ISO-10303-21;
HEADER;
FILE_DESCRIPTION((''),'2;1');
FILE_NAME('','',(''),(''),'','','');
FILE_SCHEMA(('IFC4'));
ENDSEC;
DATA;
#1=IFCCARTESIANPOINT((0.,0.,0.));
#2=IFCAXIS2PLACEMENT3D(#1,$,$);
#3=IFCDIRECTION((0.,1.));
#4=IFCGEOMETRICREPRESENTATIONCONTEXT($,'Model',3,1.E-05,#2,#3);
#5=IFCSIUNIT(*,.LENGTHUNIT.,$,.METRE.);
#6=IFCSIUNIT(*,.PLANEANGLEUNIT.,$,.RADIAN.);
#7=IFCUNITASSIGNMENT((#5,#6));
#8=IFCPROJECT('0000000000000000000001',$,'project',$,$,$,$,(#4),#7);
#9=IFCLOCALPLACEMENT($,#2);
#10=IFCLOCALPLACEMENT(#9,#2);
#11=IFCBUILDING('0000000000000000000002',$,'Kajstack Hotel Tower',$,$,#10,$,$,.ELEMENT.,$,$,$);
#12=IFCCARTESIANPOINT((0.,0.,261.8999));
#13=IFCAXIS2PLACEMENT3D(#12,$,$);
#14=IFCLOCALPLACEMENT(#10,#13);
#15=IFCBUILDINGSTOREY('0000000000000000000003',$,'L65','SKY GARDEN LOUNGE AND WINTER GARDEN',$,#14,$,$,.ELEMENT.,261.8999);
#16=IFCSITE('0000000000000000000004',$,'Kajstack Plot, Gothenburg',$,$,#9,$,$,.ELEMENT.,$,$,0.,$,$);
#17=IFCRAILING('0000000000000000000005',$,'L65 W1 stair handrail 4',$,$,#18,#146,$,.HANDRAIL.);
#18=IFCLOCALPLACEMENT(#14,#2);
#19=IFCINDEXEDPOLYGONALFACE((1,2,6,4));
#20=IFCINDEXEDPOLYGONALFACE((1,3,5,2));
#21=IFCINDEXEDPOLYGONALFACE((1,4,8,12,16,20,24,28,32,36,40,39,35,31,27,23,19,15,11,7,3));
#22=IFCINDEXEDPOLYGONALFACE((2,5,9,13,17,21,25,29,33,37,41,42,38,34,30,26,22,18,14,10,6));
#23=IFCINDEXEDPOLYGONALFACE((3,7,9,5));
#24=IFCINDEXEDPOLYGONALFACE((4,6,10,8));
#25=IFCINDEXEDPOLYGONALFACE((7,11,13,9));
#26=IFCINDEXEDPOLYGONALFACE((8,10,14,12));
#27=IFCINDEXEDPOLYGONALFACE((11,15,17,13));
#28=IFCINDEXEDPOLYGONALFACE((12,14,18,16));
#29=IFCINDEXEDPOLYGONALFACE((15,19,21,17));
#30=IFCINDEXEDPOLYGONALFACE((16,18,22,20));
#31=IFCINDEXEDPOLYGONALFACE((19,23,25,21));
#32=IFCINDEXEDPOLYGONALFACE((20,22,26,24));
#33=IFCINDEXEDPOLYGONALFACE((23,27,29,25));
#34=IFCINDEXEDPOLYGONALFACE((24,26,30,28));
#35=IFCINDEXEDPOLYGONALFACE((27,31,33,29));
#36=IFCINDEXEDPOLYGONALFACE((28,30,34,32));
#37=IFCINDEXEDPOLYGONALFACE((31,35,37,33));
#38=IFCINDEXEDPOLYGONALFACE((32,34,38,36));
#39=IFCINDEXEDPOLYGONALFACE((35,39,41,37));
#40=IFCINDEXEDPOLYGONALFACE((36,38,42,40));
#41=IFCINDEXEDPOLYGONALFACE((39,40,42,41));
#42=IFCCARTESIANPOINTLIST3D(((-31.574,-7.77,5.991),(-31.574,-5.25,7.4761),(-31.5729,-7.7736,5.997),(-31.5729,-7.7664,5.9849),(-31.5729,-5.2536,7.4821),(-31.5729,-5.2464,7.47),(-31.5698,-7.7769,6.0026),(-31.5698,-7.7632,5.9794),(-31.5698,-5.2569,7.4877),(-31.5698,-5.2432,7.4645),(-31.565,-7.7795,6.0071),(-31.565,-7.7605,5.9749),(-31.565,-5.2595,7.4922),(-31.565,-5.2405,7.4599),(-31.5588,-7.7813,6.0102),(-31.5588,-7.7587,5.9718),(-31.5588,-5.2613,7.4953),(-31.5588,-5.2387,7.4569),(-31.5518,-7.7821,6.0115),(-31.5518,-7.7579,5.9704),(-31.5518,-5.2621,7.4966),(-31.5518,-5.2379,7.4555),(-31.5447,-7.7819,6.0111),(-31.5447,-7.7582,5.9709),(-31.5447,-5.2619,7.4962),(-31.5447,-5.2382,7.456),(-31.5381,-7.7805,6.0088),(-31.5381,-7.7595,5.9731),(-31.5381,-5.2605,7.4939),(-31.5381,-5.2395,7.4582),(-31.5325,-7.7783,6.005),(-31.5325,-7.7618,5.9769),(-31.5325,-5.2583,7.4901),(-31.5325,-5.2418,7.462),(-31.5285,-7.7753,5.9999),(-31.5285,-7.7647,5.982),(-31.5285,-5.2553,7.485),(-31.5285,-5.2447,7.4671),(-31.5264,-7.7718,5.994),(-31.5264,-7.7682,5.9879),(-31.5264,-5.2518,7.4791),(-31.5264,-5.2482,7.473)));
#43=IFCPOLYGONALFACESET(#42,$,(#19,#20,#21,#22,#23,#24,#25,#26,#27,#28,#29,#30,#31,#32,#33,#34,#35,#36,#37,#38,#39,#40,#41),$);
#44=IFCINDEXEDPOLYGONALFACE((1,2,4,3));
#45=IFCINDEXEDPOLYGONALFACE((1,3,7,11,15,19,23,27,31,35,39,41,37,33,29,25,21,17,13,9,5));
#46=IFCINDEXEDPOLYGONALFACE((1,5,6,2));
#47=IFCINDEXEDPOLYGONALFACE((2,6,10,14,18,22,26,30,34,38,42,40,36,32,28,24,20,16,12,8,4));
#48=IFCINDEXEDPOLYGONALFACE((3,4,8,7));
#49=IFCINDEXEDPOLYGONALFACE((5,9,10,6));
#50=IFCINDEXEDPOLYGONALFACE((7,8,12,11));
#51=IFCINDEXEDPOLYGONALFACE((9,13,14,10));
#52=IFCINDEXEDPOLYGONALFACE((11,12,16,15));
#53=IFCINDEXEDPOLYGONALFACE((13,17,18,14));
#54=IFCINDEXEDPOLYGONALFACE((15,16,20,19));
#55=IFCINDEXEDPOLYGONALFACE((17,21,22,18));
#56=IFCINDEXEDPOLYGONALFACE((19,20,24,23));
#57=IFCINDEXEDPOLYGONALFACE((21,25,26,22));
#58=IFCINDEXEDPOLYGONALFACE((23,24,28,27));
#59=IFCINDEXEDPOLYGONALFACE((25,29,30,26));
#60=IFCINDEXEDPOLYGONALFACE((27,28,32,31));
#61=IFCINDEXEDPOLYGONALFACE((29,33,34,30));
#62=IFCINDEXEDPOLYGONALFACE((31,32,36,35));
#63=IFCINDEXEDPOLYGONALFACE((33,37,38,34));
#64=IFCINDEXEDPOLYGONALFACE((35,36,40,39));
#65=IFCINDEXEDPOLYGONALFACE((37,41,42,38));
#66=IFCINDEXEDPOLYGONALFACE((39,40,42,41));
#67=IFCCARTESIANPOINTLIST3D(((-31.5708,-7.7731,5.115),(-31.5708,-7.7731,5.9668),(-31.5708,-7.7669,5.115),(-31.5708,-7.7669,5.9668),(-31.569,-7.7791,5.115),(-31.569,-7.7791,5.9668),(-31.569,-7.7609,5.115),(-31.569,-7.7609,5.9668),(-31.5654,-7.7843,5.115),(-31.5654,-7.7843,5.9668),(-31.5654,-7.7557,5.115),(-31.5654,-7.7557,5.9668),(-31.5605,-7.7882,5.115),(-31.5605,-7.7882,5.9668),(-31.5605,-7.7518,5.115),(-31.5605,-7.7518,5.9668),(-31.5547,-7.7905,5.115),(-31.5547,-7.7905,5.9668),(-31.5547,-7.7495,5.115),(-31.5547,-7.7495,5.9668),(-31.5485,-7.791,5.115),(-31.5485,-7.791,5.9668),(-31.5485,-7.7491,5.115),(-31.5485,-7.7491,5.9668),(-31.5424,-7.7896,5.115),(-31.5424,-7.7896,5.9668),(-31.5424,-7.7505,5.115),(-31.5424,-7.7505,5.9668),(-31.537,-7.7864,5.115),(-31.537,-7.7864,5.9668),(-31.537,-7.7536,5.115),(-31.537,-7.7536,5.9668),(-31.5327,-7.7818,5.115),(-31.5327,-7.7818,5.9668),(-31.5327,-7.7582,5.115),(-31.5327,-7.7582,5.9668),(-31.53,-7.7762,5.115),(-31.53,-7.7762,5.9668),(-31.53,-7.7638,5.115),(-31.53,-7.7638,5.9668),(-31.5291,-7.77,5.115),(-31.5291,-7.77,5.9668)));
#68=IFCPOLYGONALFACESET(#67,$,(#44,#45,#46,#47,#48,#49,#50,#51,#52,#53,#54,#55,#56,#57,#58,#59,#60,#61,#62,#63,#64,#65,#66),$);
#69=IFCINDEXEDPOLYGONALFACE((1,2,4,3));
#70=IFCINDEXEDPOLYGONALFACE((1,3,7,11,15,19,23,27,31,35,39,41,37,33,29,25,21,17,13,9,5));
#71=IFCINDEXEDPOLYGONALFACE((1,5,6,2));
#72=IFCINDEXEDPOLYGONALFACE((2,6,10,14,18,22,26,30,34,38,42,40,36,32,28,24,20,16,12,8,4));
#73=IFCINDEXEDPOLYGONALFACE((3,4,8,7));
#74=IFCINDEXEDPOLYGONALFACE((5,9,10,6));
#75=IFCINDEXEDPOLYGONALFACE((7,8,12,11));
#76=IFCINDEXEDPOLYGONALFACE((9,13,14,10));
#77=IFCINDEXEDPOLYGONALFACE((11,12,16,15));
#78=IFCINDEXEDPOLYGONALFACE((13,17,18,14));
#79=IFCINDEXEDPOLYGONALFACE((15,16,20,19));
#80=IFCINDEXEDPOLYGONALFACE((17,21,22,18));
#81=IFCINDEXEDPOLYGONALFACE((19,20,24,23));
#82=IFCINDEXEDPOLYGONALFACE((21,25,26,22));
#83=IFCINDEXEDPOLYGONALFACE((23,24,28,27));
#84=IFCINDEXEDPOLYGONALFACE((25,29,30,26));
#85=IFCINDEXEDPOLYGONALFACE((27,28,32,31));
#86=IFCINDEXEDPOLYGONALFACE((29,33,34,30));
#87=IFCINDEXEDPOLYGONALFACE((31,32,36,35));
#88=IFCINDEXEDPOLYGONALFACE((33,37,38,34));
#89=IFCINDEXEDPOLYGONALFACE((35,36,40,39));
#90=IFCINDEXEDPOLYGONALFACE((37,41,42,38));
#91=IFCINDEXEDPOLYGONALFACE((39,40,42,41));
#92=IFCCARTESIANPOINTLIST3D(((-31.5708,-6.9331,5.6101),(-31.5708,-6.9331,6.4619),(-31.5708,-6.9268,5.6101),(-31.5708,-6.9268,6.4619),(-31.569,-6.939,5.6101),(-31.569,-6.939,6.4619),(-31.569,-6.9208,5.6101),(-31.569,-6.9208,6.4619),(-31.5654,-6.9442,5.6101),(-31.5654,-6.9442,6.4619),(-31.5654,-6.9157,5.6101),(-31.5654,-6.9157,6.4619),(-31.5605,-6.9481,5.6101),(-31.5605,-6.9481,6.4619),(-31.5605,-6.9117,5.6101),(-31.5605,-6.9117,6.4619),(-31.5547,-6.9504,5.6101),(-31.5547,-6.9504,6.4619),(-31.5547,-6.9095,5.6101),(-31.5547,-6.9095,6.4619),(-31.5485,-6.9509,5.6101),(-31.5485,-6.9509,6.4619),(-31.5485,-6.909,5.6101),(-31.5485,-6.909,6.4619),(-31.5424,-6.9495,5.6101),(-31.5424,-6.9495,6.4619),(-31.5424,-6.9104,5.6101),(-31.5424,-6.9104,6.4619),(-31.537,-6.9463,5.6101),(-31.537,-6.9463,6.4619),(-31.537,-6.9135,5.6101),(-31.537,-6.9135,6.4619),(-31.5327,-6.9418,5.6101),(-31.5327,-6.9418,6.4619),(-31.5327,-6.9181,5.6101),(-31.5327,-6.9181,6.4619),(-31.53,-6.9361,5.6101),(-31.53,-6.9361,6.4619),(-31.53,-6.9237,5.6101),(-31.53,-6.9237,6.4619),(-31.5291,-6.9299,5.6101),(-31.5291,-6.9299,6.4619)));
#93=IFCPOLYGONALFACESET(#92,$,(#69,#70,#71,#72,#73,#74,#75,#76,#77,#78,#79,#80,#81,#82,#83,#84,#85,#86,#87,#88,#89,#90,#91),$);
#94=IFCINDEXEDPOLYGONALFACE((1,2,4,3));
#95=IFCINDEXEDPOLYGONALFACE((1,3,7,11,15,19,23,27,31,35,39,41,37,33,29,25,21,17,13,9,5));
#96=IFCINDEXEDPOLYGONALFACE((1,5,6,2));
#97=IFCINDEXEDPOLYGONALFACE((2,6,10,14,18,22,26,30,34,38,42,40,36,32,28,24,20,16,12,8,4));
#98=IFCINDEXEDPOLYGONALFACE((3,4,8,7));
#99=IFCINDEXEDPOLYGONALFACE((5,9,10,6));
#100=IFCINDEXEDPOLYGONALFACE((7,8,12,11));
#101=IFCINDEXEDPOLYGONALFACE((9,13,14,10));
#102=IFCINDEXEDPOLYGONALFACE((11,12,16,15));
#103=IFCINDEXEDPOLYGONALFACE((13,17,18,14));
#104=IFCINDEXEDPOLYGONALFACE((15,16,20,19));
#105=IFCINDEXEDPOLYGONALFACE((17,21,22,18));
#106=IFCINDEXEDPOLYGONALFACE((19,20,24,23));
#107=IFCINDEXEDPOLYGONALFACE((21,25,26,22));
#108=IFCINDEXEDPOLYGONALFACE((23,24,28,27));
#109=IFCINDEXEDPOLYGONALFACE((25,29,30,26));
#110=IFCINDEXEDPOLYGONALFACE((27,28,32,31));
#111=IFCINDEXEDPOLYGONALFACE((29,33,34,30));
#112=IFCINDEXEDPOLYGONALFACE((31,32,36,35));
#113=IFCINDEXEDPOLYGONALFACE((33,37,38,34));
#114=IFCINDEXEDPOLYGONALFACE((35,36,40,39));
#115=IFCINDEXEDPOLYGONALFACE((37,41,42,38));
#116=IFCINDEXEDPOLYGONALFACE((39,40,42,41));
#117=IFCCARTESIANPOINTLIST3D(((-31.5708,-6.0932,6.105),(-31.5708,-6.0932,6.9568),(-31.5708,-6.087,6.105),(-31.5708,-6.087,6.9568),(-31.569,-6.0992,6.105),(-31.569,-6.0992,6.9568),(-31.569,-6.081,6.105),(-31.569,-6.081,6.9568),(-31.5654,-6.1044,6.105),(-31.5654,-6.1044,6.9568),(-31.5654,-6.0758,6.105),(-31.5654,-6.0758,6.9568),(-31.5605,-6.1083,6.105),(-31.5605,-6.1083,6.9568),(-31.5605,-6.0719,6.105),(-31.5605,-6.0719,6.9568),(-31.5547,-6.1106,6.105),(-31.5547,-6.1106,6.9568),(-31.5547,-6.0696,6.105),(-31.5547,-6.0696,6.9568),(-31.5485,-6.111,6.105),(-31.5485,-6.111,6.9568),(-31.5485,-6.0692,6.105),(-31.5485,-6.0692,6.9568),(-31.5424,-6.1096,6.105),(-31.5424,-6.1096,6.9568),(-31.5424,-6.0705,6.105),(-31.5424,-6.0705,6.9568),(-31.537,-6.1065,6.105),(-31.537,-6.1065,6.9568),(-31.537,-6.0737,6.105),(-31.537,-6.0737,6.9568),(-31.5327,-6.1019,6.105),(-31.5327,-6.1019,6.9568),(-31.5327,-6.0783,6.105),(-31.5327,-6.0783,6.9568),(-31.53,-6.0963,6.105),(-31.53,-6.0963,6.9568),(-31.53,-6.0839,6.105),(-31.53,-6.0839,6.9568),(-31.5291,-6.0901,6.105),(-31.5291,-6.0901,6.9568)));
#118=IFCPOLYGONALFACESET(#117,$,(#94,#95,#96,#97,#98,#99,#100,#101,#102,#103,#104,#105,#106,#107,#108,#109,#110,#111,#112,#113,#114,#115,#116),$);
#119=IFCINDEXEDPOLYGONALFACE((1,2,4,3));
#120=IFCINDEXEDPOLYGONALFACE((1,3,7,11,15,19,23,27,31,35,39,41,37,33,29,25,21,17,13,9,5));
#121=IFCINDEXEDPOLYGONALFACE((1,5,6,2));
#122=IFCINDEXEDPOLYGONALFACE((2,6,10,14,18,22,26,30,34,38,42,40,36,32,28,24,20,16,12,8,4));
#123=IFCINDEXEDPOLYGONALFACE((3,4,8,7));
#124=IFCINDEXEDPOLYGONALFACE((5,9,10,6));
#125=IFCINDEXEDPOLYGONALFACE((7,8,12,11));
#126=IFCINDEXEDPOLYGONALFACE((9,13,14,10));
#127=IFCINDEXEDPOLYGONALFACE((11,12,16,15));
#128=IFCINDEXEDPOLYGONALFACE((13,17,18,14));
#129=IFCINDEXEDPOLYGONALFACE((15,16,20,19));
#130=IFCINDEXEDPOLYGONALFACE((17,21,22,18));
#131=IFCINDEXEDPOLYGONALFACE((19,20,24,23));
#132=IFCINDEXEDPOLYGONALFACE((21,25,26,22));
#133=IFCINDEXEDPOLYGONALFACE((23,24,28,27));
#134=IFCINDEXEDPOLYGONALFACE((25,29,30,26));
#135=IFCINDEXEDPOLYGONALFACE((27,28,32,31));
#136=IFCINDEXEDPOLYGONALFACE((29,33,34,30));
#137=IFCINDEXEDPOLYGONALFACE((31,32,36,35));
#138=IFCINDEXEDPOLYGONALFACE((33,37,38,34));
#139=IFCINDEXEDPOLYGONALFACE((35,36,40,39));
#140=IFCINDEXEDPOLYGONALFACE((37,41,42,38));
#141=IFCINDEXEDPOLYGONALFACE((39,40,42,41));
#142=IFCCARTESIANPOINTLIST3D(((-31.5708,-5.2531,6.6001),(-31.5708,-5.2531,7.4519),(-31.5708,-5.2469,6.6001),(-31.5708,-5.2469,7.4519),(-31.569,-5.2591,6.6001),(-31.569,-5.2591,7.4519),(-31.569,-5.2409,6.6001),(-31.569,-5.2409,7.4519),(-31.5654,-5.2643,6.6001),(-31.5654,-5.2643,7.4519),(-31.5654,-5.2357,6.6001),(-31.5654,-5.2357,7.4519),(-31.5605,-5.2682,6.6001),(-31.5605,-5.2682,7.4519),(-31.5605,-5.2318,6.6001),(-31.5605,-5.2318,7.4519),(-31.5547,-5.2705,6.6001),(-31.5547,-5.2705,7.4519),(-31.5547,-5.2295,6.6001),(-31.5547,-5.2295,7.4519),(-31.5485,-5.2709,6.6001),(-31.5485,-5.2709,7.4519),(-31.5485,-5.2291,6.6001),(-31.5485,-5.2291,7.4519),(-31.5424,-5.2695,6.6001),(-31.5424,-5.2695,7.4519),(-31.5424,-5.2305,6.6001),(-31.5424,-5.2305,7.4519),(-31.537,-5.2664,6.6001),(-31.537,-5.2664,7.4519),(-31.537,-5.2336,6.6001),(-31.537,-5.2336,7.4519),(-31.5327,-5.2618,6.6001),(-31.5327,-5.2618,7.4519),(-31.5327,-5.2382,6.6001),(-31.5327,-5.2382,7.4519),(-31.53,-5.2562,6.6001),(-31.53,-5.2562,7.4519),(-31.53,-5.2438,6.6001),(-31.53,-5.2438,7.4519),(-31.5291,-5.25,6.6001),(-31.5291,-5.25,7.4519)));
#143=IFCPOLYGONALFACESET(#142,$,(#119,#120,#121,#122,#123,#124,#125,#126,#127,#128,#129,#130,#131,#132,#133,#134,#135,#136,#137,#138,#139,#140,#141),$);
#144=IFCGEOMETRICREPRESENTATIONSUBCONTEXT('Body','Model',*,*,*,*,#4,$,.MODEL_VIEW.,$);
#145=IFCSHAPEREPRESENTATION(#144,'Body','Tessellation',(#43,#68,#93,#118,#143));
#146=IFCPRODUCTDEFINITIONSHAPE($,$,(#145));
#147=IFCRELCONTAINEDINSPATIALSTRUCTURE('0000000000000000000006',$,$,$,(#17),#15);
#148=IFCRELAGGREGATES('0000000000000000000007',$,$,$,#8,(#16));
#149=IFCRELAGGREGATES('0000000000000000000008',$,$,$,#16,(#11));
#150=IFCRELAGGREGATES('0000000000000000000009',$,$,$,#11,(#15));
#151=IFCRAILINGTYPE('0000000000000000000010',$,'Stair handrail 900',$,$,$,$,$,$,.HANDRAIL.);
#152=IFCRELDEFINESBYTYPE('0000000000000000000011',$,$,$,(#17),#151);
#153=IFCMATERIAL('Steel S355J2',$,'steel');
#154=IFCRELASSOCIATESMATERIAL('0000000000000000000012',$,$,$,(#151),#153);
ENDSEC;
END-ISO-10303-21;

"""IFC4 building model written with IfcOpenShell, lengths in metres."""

from ifc_helpers import new_model, si_unit, direction, frame, origin, origin_2d, place, context, subcontext, project, spatial, circle, extrude, material, type_object, element, save


model = new_model("IFC4")

# Units and contexts
model_context = context("Model", 3, precision=1e-05, world=origin(), true_north=direction((0.0, 1.0)))
body_context = subcontext(model_context, "Body", "Model", "MODEL_VIEW")
ifc_project = project(units=[si_unit("LENGTHUNIT", "METRE"), si_unit("PLANEANGLEUNIT", "RADIAN")], contexts=[model_context])

# Site, building, storey
site_placement = place(None, origin())
site = spatial("IfcSite", under=ifc_project, at=site_placement, Name="Kajstack Plot, Gothenburg", CompositionType="ELEMENT", RefElevation=0.0)
building_placement = place(site_placement, origin())
building = spatial("IfcBuilding", under=site, at=building_placement, Name="Kajstack Hotel Tower", CompositionType="ELEMENT")
storey_placement = place(building_placement, frame((0.0, 0.0, 261.8999)))
storey = spatial("IfcBuildingStorey", under=building, at=storey_placement, Name="L65", Description="SKY GARDEN LOUNGE AND WINTER GARDEN", CompositionType="ELEMENT", Elevation=261.8999)

# Railing
ifc_material_1 = material(Name="Steel S355J2", Category="steel")
railing_type_1 = type_object("IfcRailingType", Name="Stair handrail 900", PredefinedType="HANDRAIL", material=ifc_material_1)
railing_1_placement = place(storey_placement, frame((-31.55, -7.77, 5.115)))
element("IfcRailing", 1, at=railing_1_placement, inside=storey, type_object=railing_type_1, Name="L65 W1 stair handrail 4", PredefinedType="HANDRAIL", context=body_context, shape_type="SweptSolid", body=[
    extrude(circle(Radius=0.0239, at=origin_2d()), frame((0.0, 0.0, 0.876), z_axis=(0.0, 0.861524, 0.507717), x_axis=(-1.0, 0.0, 0.0)), (0.0, 0.0, 1.0), 2.925),
    extrude(circle(Radius=0.021, at=origin_2d()), origin(), (0.0, 0.0, 1.0), 0.8518),
    extrude(circle(Radius=0.021, at=origin_2d()), frame((0.0, 0.8401, 0.4951)), (0.0, 0.0, 1.0), 0.8518),
    extrude(circle(Radius=0.021, at=origin_2d()), frame((0.0, 1.6799, 0.99)), (0.0, 0.0, 1.0), 0.8518),
    extrude(circle(Radius=0.021, at=origin_2d()), frame((0.0, 2.52, 1.4851)), (0.0, 0.0, 1.0), 0.8518),
])

save(model, "model.ifc")
